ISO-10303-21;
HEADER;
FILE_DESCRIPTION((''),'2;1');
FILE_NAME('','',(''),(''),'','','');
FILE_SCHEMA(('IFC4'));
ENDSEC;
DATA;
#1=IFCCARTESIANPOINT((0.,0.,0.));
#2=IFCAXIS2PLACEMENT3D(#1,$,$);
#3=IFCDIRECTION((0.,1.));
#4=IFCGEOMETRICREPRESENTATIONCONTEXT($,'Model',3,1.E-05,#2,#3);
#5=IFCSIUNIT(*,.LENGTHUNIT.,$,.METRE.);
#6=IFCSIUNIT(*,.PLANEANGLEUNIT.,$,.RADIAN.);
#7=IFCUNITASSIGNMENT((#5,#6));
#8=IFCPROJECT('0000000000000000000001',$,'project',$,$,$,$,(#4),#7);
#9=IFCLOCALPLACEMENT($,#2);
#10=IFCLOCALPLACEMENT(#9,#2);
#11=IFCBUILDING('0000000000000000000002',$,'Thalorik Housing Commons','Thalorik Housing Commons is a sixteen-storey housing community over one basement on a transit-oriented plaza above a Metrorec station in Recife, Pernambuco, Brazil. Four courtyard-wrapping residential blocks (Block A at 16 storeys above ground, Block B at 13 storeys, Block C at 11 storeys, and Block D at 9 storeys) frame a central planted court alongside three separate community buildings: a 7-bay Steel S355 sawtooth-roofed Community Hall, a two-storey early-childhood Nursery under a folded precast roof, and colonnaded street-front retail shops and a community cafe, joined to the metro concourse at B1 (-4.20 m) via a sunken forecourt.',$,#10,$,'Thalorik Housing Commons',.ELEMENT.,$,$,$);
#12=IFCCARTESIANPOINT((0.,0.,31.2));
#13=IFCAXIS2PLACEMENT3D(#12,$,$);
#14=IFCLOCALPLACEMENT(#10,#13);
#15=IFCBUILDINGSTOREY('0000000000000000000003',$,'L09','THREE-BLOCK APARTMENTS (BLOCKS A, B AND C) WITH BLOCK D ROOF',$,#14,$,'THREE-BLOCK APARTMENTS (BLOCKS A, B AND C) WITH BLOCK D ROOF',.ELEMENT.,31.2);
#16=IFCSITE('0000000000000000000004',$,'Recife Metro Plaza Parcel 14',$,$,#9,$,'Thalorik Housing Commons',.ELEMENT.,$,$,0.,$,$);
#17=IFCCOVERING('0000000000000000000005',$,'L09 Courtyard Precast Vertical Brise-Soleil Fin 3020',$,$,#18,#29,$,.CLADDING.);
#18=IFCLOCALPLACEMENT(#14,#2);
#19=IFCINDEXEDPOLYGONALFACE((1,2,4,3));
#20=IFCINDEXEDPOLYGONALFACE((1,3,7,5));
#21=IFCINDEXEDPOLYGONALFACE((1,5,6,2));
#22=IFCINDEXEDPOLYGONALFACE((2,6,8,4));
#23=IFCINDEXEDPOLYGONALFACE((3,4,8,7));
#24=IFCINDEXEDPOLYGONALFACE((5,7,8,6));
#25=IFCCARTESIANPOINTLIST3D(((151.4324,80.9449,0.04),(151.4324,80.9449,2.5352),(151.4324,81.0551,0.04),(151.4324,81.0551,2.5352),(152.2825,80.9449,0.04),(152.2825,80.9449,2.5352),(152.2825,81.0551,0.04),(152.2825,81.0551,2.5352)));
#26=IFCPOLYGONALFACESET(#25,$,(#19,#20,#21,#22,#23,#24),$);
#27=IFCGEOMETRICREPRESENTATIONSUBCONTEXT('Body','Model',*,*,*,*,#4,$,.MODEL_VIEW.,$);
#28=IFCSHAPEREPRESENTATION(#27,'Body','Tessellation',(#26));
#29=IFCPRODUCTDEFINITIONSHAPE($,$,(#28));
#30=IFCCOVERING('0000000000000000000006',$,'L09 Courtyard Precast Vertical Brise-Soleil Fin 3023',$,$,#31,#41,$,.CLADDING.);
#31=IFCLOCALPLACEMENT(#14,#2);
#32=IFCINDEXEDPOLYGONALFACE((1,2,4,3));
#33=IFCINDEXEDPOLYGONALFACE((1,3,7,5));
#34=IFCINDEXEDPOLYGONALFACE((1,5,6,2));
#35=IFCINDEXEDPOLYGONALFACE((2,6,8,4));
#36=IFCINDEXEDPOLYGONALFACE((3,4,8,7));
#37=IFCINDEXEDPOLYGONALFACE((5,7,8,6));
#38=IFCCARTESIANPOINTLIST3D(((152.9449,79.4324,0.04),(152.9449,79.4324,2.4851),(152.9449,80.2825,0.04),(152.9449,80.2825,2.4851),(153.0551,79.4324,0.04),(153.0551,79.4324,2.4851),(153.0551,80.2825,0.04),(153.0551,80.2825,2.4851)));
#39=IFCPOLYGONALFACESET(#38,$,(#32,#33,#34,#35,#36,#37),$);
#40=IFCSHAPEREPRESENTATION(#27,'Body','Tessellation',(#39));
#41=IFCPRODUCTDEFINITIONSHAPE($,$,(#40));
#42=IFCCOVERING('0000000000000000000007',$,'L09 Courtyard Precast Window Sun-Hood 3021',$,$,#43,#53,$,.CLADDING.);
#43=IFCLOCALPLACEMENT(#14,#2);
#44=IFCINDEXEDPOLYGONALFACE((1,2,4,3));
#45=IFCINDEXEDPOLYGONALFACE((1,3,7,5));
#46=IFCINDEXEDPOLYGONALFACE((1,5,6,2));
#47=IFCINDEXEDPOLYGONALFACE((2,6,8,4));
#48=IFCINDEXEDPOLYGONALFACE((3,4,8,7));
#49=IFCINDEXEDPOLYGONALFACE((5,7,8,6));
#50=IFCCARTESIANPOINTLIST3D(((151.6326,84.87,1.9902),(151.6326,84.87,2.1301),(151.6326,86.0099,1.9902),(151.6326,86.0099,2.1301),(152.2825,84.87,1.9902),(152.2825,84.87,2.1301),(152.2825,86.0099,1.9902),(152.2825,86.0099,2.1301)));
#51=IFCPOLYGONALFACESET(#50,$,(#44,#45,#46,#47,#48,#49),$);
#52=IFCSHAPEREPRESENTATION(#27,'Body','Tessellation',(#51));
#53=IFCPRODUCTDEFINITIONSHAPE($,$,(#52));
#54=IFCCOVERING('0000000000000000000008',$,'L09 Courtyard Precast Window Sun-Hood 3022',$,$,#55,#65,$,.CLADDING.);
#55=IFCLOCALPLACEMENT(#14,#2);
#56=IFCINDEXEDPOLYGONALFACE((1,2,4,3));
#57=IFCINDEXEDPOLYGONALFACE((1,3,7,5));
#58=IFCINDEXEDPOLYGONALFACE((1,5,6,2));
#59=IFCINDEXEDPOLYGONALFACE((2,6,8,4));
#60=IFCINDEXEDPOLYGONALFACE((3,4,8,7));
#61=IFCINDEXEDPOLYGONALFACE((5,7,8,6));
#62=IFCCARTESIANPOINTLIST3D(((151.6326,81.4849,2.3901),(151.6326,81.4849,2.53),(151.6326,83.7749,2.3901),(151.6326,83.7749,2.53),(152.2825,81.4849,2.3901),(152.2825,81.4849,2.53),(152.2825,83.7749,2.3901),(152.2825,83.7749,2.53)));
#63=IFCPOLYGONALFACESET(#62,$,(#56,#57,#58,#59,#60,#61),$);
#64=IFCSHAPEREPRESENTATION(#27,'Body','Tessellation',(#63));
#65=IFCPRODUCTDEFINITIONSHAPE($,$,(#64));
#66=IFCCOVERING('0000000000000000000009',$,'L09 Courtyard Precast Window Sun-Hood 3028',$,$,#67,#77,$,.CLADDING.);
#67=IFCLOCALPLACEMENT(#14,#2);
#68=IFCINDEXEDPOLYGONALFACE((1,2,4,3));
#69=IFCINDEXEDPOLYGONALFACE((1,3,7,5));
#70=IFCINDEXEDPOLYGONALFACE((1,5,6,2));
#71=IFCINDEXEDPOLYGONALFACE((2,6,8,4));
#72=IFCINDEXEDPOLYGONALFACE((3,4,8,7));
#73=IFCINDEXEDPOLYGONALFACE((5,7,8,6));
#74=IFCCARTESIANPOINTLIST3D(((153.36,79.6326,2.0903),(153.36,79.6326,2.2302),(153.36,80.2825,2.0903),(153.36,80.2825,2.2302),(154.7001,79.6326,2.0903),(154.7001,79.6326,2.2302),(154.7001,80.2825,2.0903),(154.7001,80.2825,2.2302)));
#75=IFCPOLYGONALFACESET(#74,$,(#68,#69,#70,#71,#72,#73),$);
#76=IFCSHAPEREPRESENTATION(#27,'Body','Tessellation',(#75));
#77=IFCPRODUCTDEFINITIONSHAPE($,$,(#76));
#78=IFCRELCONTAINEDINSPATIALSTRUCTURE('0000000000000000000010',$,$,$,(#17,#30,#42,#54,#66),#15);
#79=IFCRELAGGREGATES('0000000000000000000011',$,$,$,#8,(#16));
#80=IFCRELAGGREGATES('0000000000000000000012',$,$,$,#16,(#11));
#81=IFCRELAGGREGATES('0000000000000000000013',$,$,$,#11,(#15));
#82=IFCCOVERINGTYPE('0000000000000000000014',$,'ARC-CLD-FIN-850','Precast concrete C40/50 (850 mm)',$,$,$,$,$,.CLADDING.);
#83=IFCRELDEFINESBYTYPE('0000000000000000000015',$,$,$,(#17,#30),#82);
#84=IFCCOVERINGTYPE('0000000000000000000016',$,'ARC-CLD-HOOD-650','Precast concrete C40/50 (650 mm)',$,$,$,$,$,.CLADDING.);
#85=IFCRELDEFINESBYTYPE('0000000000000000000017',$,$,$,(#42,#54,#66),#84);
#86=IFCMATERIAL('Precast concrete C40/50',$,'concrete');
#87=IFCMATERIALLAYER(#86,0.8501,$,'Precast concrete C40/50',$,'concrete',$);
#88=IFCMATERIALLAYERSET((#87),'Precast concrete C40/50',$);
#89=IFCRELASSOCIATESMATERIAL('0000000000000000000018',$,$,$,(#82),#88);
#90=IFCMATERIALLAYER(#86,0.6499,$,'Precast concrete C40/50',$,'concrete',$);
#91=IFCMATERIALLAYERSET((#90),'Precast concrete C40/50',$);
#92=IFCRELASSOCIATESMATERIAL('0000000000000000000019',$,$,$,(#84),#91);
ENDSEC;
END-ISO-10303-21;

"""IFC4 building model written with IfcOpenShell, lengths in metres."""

from ifc_helpers import new_model, si_unit, direction, frame, origin, origin_2d, place, context, subcontext, project, spatial, rectangle, extrude, material, layer, layer_set, type_object, element, save


model = new_model("IFC4")

# Units and contexts
model_context = context("Model", 3, precision=1e-05, world=origin(), true_north=direction((0.0, 1.0)))
body_context = subcontext(model_context, "Body", "Model", "MODEL_VIEW")
ifc_project = project(units=[si_unit("LENGTHUNIT", "METRE"), si_unit("PLANEANGLEUNIT", "RADIAN")], contexts=[model_context])

# Site, building, storey
site_placement = place(None, origin())
site = spatial("IfcSite", under=ifc_project, at=site_placement, Name="Recife Metro Plaza Parcel 14", LongName="Thalorik Housing Commons", CompositionType="ELEMENT", RefElevation=0.0)
building_placement = place(site_placement, origin())
building = spatial("IfcBuilding", under=site, at=building_placement, Name="Thalorik Housing Commons", Description="Thalorik Housing Commons is a sixteen-storey housing community over one basement on a transit-oriented plaza above a Metrorec station in Recife, Pernambuco, Brazil. Four courtyard-wrapping residential blocks (Block A at 16 storeys above ground, Block B at 13 storeys, Block C at 11 storeys, and Block D at 9 storeys) frame a central planted court alongside three separate community buildings: a 7-bay Steel S355 sawtooth-roofed Community Hall, a two-storey early-childhood Nursery under a folded precast roof, and colonnaded street-front retail shops and a community cafe, joined to the metro concourse at B1 (-4.20 m) via a sunken forecourt.", LongName="Thalorik Housing Commons", CompositionType="ELEMENT")
storey_placement = place(building_placement, frame((0.0, 0.0, 31.2)))
storey = spatial("IfcBuildingStorey", under=building, at=storey_placement, Name="L09", Description="THREE-BLOCK APARTMENTS (BLOCKS A, B AND C) WITH BLOCK D ROOF", LongName="THREE-BLOCK APARTMENTS (BLOCKS A, B AND C) WITH BLOCK D ROOF", CompositionType="ELEMENT", Elevation=31.2)

# Shared definitions
ifc_material_1 = material(Name="Precast concrete C40/50", Category="concrete")

# Coverings
ifc_layer_1 = layer(ifc_material_1, 0.8501, Name="Precast concrete C40/50", Category="concrete")
ifc_layer_set_1 = layer_set([ifc_layer_1], Name="Precast concrete C40/50")
covering_type_1 = type_object("IfcCoveringType", Name="ARC-CLD-FIN-850", Description="Precast concrete C40/50 (850 mm)", PredefinedType="CLADDING", material=ifc_layer_set_1)
for number, where, z_axis, x_axis, name in (
    (1, (151.8574, 81.0, 0.04), (0.0, 0.0, 1.0), (0.0, -1.0, 0.0), "L09 Courtyard Precast Vertical Brise-Soleil Fin 3020"),
):
    element("IfcCovering", number, at=place(storey_placement, frame(where, z_axis=z_axis, x_axis=x_axis)), inside=storey, type_object=covering_type_1, Name=name, PredefinedType="CLADDING", context=body_context, shape_type="SweptSolid", body=[
        extrude(rectangle(XDim=0.1101, YDim=0.8501, at=origin_2d()), origin(), (0.0, 0.0, 1.0), 2.4951),
    ])
covering_1_placement = place(storey_placement, frame((153.0, 79.8574, 0.04), z_axis=(0.0, 0.0, 1.0), x_axis=(1.0, 0.0, 0.0)))
element("IfcCovering", 2, at=covering_1_placement, inside=storey, type_object=covering_type_1, Name="L09 Courtyard Precast Vertical Brise-Soleil Fin 3023", PredefinedType="CLADDING", context=body_context, shape_type="SweptSolid", body=[
    extrude(rectangle(XDim=0.1101, YDim=0.8501, at=origin_2d()), origin(), (0.0, 0.0, 1.0), 2.4451),
])
ifc_layer_2 = layer(ifc_material_1, 0.6499, Name="Precast concrete C40/50", Category="concrete")
ifc_layer_set_2 = layer_set([ifc_layer_2], Name="Precast concrete C40/50")
covering_type_2 = type_object("IfcCoveringType", Name="ARC-CLD-HOOD-650", Description="Precast concrete C40/50 (650 mm)", PredefinedType="CLADDING", material=ifc_layer_set_2)
covering_2_placement = place(storey_placement, frame((151.9575, 85.4399, 1.9902), z_axis=(0.0, 0.0, 1.0), x_axis=(0.0, -1.0, 0.0)))
element("IfcCovering", 3, at=covering_2_placement, inside=storey, type_object=covering_type_2, Name="L09 Courtyard Precast Window Sun-Hood 3021", PredefinedType="CLADDING", context=body_context, shape_type="SweptSolid", body=[
    extrude(rectangle(XDim=1.1399, YDim=0.6499, at=origin_2d()), origin(), (0.0, 0.0, 1.0), 0.1399),
])
covering_3_placement = place(storey_placement, frame((151.9575, 82.6299, 2.3901), z_axis=(0.0, 0.0, 1.0), x_axis=(0.0, -1.0, 0.0)))
element("IfcCovering", 4, at=covering_3_placement, inside=storey, type_object=covering_type_2, Name="L09 Courtyard Precast Window Sun-Hood 3022", PredefinedType="CLADDING", context=body_context, shape_type="SweptSolid", body=[
    extrude(rectangle(XDim=2.29, YDim=0.6499, at=origin_2d()), origin(), (0.0, 0.0, 1.0), 0.1399),
])
covering_4_placement = place(storey_placement, frame((154.03, 79.9575, 2.0903), z_axis=(0.0, 0.0, 1.0), x_axis=(1.0, 0.0, 0.0)))
element("IfcCovering", 5, at=covering_4_placement, inside=storey, type_object=covering_type_2, Name="L09 Courtyard Precast Window Sun-Hood 3028", PredefinedType="CLADDING", context=body_context, shape_type="SweptSolid", body=[
    extrude(rectangle(XDim=1.3401, YDim=0.6499, at=origin_2d()), origin(), (0.0, 0.0, 1.0), 0.1399),
])

save(model, "model.ifc")
